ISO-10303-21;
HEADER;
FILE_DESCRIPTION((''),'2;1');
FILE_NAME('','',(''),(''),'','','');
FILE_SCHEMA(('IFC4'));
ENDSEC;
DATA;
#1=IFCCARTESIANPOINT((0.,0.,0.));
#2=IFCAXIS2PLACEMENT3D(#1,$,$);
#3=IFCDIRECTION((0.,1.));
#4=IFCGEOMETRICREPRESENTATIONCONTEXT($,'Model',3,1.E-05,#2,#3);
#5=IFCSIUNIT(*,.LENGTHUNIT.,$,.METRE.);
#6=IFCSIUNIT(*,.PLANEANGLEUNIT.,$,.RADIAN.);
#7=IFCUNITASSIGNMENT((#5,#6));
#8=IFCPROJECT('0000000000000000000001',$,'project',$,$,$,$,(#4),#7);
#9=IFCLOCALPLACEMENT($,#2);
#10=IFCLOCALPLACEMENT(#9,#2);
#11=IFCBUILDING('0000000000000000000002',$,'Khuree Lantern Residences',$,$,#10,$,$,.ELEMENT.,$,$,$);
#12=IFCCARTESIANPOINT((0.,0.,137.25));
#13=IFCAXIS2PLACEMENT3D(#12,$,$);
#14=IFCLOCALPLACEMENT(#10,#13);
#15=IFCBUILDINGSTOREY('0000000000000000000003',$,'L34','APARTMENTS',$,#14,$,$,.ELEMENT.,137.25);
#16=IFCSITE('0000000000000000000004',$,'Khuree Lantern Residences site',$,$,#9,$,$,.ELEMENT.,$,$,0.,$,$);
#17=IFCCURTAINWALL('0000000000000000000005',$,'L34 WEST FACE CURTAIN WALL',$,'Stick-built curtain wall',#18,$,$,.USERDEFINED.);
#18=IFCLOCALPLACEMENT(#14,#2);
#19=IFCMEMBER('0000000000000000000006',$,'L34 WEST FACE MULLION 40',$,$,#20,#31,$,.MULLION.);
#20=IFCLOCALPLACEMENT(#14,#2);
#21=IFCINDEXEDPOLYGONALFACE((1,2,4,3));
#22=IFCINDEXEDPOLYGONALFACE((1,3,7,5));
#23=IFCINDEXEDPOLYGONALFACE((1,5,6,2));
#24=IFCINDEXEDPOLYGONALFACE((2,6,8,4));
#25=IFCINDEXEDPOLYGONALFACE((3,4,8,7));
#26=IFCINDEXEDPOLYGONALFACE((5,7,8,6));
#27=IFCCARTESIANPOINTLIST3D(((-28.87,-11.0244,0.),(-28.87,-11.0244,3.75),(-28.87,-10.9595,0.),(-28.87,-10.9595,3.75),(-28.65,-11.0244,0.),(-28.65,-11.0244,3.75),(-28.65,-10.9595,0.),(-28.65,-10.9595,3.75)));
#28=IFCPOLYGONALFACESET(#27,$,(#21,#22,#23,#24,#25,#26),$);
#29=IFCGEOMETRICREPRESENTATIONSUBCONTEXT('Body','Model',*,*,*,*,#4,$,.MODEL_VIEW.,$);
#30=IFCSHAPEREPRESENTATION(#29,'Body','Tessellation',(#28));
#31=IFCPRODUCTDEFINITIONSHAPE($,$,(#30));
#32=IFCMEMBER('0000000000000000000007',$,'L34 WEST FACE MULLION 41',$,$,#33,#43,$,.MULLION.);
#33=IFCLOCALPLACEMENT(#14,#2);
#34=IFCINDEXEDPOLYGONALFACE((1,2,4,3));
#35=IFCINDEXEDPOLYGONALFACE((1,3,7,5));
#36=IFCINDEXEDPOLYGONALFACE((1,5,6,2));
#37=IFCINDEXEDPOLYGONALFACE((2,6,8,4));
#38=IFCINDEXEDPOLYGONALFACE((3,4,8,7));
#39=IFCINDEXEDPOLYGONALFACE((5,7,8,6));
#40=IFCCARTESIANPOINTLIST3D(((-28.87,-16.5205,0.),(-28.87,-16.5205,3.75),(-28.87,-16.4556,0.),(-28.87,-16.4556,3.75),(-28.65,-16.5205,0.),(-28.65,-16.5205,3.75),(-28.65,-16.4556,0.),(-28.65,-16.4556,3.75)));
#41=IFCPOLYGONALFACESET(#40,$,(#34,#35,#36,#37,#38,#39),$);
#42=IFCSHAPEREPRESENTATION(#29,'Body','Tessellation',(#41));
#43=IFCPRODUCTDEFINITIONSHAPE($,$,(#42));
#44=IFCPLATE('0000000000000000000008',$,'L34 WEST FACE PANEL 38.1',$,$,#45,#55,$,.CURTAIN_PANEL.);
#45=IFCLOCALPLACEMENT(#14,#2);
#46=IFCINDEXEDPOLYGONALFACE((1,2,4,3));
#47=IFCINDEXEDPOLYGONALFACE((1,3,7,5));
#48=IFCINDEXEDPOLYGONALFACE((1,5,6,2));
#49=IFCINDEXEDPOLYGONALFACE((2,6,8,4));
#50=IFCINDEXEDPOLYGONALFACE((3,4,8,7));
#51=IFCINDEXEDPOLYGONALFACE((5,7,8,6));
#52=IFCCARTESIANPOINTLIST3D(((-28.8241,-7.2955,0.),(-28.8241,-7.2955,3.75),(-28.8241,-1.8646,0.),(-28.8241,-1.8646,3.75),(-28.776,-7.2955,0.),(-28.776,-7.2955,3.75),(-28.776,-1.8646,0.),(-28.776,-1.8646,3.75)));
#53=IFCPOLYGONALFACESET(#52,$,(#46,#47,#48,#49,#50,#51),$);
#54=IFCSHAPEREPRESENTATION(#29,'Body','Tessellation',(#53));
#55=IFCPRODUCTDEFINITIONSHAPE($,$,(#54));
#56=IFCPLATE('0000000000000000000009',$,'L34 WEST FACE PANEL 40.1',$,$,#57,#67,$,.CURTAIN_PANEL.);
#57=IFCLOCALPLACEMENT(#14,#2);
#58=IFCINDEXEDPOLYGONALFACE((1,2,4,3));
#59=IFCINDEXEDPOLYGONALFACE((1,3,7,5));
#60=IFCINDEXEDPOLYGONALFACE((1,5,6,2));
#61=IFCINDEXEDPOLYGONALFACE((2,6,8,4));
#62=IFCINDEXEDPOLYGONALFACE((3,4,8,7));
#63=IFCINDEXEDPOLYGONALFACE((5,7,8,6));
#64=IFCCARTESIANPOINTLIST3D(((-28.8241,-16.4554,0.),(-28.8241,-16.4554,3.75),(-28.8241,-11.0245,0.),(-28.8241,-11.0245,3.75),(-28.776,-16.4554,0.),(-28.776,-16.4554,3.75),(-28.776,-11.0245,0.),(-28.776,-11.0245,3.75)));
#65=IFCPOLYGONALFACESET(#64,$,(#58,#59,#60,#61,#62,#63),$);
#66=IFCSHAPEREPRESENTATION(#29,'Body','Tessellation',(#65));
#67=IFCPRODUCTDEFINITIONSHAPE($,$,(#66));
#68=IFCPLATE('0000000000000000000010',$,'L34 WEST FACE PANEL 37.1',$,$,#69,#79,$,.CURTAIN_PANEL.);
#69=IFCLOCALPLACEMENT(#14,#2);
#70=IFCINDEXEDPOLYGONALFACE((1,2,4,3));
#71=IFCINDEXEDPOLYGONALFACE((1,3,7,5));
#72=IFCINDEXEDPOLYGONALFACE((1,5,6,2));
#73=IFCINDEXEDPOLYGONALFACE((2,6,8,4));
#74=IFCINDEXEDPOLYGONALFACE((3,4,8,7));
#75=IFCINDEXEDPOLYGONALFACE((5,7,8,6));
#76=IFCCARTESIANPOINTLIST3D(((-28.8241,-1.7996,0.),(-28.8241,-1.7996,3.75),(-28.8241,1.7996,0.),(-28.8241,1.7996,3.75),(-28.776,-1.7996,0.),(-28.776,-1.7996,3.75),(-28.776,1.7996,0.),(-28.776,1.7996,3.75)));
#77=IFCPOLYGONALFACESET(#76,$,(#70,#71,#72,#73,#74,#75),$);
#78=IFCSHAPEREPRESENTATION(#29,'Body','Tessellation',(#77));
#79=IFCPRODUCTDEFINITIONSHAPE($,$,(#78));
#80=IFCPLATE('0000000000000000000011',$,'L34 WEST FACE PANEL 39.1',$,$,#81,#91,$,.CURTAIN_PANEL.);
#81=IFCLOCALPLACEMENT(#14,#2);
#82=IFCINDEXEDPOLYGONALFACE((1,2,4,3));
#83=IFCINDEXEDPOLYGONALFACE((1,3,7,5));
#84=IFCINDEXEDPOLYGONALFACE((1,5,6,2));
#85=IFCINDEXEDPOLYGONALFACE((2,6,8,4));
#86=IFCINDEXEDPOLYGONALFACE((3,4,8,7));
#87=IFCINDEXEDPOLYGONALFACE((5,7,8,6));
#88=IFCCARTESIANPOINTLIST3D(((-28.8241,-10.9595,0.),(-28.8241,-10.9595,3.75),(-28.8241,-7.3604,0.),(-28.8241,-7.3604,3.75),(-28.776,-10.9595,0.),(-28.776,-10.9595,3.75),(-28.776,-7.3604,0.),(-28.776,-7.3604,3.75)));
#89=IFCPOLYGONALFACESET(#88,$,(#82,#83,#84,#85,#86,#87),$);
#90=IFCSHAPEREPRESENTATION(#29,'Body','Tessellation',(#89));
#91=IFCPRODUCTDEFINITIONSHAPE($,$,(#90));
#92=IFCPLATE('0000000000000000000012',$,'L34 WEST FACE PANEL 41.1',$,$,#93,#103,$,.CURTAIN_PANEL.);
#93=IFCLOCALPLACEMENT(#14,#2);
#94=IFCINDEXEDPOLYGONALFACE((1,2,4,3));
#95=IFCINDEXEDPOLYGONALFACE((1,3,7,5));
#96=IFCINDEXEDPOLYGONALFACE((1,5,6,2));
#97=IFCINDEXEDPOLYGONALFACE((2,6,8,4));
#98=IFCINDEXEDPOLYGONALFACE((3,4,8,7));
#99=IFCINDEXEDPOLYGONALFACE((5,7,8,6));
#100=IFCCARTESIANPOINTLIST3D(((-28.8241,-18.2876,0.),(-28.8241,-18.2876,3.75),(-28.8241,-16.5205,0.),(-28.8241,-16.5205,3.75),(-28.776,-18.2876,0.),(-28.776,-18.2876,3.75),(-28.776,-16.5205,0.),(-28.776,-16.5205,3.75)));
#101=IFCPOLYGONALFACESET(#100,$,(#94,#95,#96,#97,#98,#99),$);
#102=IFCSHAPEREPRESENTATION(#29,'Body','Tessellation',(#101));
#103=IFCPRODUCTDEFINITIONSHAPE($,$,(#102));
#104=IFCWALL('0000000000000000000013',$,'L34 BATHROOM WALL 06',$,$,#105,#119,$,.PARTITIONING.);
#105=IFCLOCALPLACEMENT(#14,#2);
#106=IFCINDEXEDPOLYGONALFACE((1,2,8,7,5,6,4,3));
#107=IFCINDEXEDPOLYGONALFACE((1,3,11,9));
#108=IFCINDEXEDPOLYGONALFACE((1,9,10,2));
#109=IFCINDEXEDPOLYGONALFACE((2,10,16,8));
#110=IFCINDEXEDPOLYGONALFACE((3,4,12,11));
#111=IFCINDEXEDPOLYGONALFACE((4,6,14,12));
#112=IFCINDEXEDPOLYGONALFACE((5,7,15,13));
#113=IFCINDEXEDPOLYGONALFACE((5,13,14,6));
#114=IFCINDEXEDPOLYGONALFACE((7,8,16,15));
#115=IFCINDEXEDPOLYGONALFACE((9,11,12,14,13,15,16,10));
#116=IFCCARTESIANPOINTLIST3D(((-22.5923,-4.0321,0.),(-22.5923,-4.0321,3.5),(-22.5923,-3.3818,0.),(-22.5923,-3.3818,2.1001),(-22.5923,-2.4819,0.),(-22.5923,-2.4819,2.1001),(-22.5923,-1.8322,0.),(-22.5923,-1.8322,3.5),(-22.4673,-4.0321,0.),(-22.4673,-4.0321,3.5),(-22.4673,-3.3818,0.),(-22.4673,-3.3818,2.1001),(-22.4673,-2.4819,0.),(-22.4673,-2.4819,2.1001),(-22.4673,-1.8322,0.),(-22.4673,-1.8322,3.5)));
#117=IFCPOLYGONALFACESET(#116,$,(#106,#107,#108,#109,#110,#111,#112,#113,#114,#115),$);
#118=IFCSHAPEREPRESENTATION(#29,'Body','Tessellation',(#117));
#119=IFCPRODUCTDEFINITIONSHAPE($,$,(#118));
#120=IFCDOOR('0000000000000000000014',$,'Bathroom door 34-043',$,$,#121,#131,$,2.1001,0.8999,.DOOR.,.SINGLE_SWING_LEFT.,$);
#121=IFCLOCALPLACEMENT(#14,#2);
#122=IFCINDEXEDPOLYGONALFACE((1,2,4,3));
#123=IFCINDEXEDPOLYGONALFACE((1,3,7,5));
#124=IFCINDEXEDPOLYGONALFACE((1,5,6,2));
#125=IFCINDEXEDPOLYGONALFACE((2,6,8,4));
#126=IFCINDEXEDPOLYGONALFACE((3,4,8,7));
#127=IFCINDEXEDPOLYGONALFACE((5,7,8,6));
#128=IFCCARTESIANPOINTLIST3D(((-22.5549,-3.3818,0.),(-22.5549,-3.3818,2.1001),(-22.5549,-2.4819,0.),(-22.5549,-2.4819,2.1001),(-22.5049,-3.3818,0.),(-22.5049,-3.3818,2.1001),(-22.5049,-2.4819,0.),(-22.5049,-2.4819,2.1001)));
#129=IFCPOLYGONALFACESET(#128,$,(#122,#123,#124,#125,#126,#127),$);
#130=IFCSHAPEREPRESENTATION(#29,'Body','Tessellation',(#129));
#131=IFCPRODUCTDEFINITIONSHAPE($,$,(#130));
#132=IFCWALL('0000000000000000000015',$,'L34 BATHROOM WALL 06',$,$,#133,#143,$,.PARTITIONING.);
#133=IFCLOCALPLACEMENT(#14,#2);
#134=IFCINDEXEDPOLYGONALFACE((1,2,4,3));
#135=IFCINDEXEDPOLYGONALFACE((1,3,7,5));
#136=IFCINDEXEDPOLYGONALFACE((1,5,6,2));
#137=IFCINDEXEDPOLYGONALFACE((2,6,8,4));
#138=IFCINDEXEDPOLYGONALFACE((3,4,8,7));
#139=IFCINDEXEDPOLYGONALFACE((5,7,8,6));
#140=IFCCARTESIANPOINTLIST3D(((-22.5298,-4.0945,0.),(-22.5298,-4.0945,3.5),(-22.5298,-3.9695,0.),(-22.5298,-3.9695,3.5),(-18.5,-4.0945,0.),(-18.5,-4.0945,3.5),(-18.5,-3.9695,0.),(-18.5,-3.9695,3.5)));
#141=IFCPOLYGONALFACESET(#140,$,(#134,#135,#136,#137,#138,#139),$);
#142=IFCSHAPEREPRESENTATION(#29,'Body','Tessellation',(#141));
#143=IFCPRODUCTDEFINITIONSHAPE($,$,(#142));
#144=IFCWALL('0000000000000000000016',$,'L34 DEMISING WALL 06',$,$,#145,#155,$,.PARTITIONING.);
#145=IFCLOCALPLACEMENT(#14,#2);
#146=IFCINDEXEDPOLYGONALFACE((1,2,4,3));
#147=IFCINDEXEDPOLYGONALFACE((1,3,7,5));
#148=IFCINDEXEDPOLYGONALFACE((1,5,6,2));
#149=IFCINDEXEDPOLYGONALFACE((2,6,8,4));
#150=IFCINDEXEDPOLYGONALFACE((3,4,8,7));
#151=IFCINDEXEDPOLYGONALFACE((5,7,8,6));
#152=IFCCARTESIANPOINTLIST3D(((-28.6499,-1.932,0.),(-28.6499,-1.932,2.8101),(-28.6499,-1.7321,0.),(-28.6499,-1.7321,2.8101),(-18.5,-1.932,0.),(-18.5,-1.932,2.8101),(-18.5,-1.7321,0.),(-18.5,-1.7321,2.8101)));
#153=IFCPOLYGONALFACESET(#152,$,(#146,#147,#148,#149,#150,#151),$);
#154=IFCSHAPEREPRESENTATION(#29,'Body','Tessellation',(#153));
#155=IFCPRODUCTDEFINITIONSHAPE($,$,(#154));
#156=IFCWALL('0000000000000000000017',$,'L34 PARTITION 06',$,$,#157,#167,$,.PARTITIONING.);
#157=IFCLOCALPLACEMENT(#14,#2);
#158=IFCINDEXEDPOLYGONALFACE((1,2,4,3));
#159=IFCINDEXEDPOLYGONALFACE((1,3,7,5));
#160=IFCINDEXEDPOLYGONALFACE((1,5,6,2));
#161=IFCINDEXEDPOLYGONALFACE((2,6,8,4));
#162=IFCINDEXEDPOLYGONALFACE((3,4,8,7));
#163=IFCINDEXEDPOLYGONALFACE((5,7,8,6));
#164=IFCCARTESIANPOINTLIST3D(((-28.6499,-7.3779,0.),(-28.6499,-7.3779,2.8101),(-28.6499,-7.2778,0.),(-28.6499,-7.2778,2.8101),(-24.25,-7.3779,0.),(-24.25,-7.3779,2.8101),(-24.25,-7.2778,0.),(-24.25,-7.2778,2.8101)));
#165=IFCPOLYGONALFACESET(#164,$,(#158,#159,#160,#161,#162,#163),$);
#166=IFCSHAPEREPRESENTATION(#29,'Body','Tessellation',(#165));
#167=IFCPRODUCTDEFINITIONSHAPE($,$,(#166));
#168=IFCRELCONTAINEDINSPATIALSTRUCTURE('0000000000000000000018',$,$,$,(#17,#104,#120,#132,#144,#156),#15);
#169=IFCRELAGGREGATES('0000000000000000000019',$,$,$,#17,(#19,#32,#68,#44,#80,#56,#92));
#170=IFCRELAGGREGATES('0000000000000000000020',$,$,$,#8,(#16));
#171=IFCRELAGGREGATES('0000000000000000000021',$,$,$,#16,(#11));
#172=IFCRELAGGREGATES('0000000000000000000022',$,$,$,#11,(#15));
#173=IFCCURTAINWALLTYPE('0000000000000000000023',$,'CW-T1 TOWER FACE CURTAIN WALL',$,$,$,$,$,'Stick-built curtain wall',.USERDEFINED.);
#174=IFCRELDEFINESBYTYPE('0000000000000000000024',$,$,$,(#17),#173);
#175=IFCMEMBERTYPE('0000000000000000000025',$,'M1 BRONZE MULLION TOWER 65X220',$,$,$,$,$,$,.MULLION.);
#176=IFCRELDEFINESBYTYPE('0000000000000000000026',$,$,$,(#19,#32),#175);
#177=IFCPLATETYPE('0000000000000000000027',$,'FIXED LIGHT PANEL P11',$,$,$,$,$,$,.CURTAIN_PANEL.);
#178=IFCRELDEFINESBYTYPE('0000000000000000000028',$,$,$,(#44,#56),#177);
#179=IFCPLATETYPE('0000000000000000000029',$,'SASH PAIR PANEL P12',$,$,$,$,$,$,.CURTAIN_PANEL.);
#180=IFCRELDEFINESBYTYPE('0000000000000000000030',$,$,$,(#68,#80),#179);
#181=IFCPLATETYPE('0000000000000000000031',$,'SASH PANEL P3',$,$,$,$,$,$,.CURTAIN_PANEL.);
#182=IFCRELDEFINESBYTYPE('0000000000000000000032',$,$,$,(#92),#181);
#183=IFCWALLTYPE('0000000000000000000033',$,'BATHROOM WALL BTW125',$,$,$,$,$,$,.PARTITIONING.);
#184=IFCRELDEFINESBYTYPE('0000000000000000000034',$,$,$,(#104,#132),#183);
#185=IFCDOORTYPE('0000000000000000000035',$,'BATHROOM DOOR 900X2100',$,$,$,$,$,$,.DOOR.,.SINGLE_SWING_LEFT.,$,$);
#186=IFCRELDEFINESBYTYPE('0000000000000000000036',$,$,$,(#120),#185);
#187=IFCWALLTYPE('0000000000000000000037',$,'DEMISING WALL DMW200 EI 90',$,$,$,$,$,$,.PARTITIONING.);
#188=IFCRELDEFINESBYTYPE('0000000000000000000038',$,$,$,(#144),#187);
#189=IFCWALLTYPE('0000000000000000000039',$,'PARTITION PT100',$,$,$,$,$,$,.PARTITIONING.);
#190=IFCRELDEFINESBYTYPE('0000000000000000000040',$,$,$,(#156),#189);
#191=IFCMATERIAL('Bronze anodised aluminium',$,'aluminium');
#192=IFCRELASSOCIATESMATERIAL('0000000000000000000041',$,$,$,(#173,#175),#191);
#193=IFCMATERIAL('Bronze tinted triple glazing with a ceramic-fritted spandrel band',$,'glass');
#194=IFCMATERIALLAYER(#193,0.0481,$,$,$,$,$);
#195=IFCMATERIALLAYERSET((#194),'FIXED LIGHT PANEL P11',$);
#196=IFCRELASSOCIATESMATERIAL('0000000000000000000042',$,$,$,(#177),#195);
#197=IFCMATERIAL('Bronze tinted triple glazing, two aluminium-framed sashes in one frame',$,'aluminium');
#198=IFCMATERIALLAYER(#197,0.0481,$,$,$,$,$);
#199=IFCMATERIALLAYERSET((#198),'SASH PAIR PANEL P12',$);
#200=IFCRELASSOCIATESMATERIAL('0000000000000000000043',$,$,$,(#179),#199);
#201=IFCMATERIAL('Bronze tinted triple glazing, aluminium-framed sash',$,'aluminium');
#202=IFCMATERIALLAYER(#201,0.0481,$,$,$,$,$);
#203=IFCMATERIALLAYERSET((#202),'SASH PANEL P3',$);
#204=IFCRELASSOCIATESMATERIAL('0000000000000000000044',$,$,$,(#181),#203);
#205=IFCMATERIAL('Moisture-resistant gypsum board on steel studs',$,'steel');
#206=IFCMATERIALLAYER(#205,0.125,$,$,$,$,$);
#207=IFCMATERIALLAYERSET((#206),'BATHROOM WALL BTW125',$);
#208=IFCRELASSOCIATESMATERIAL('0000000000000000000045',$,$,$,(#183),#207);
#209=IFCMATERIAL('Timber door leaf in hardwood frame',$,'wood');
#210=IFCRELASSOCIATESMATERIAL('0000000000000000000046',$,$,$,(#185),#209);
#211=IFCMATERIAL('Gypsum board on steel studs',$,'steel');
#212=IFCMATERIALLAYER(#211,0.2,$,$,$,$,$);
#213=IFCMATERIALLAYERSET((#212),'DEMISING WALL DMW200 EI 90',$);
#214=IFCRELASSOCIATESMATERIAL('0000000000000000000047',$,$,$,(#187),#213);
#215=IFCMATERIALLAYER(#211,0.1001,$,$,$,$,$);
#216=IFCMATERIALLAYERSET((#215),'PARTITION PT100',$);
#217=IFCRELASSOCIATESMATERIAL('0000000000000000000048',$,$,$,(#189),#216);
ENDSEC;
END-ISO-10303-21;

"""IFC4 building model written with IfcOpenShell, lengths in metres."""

from ifc_helpers import new_model, si_unit, direction, frame, frame_2d, origin, origin_2d, place, context, subcontext, project, spatial, rectangle, extrude, material, layer, layer_set, material_profile, profile_set, type_object, element, fill, aggregate, save


model = new_model("IFC4")

# Units and contexts
model_context = context("Model", 3, precision=1e-05, world=origin(), true_north=direction((0.0, 1.0)))
body_context = subcontext(model_context, "Body", "Model", "MODEL_VIEW")
ifc_project = project(units=[si_unit("LENGTHUNIT", "METRE"), si_unit("PLANEANGLEUNIT", "RADIAN")], contexts=[model_context])

# Site, building, storey
site_placement = place(None, origin())
site = spatial("IfcSite", under=ifc_project, at=site_placement, Name="Khuree Lantern Residences site", CompositionType="ELEMENT", RefElevation=0.0)
building_placement = place(site_placement, origin())
building = spatial("IfcBuilding", under=site, at=building_placement, Name="Khuree Lantern Residences", CompositionType="ELEMENT")
storey_placement = place(building_placement, frame((0.0, 0.0, 137.25)))
storey = spatial("IfcBuildingStorey", under=building, at=storey_placement, Name="L34", Description="APARTMENTS", CompositionType="ELEMENT", Elevation=137.25)

# Curtain wall
ifc_material_1 = material(Name="Bronze anodised aluminium", Category="aluminium")
curtain_wall_type = type_object("IfcCurtainWallType", Name="CW-T1 TOWER FACE CURTAIN WALL", ElementType="Stick-built curtain wall", PredefinedType="USERDEFINED", material=ifc_material_1)
curtain_wall_placement = place(storey_placement, origin())
curtain_wall = element("IfcCurtainWall", 1, at=curtain_wall_placement, inside=storey, type_object=curtain_wall_type, Name="L34 WEST FACE CURTAIN WALL", ObjectType="Stick-built curtain wall", PredefinedType="USERDEFINED")

# Members
ifc_material_profile_1 = material_profile(ifc_material_1, rectangle(XDim=0.0649, YDim=0.22, at=origin_2d()), Name="M1 65X220")
ifc_profile_set_1 = profile_set([ifc_material_profile_1], Name="Bronze anodised aluminium")
member_type_1 = type_object("IfcMemberType", Name="M1 BRONZE MULLION TOWER 65X220", PredefinedType="MULLION", material=ifc_profile_set_1)
member_1_placement = place(storey_placement, frame((-28.76, -10.9919, 0.0), z_axis=(0.0, 0.0, 1.0), x_axis=(0.0, -1.0, 0.0)))
member_1 = element("IfcMember", 2, at=member_1_placement, type_object=member_type_1, Name="L34 WEST FACE MULLION 40", PredefinedType="MULLION", context=body_context, shape_type="SweptSolid", body=[
    extrude(rectangle(XDim=0.0649, YDim=0.22, at=origin_2d()), origin(), (0.0, 0.0, 1.0), 3.75),
])
member_2_placement = place(storey_placement, frame((-28.76, -16.488, 0.0), z_axis=(0.0, 0.0, 1.0), x_axis=(0.0, -1.0, 0.0)))
member_2 = element("IfcMember", 3, at=member_2_placement, type_object=member_type_1, Name="L34 WEST FACE MULLION 41", PredefinedType="MULLION", context=body_context, shape_type="SweptSolid", body=[
    extrude(rectangle(XDim=0.0649, YDim=0.22, at=origin_2d()), origin(), (0.0, 0.0, 1.0), 3.75),
])

# Plates
ifc_material_2 = material(Name="Bronze tinted triple glazing with a ceramic-fritted spandrel band", Category="glass")
ifc_layer_1 = layer(ifc_material_2, 0.0481)
ifc_layer_set_1 = layer_set([ifc_layer_1], Name="FIXED LIGHT PANEL P11")
plate_type_1 = type_object("IfcPlateType", Name="FIXED LIGHT PANEL P11", PredefinedType="CURTAIN_PANEL", material=ifc_layer_set_1)
plate_1_placement = place(storey_placement, frame((-28.8, -4.5801, 0.0), z_axis=(0.0, 0.0, 1.0), x_axis=(0.0, -1.0, 0.0)))
plate_1 = element("IfcPlate", 4, at=plate_1_placement, type_object=plate_type_1, Name="L34 WEST FACE PANEL 38.1", PredefinedType="CURTAIN_PANEL", context=body_context, shape_type="SweptSolid", body=[
    extrude(rectangle(XDim=5.4309, YDim=0.0481, at=origin_2d()), origin(), (0.0, 0.0, 1.0), 3.75),
])
plate_2_placement = place(storey_placement, frame((-28.8, -13.74, 0.0), z_axis=(0.0, 0.0, 1.0), x_axis=(0.0, -1.0, 0.0)))
plate_2 = element("IfcPlate", 5, at=plate_2_placement, type_object=plate_type_1, Name="L34 WEST FACE PANEL 40.1", PredefinedType="CURTAIN_PANEL", context=body_context, shape_type="SweptSolid", body=[
    extrude(rectangle(XDim=5.4309, YDim=0.0481, at=origin_2d()), origin(), (0.0, 0.0, 1.0), 3.75),
])
ifc_material_3 = material(Name="Bronze tinted triple glazing, two aluminium-framed sashes in one frame", Category="aluminium")
ifc_layer_2 = layer(ifc_material_3, 0.0481)
ifc_layer_set_2 = layer_set([ifc_layer_2], Name="SASH PAIR PANEL P12")
plate_type_2 = type_object("IfcPlateType", Name="SASH PAIR PANEL P12", PredefinedType="CURTAIN_PANEL", material=ifc_layer_set_2)
plate_3_placement = place(storey_placement, frame((-28.8, 0.0, 0.0), z_axis=(0.0, 0.0, 1.0), x_axis=(0.0, -1.0, 0.0)))
plate_3 = element("IfcPlate", 6, at=plate_3_placement, type_object=plate_type_2, Name="L34 WEST FACE PANEL 37.1", PredefinedType="CURTAIN_PANEL", context=body_context, shape_type="SweptSolid", body=[
    extrude(rectangle(XDim=3.5991, YDim=0.0481, at=origin_2d()), origin(), (0.0, 0.0, 1.0), 3.75),
])
plate_4_placement = place(storey_placement, frame((-28.8, -9.1599, 0.0), z_axis=(0.0, 0.0, 1.0), x_axis=(0.0, -1.0, 0.0)))
plate_4 = element("IfcPlate", 7, at=plate_4_placement, type_object=plate_type_2, Name="L34 WEST FACE PANEL 39.1", PredefinedType="CURTAIN_PANEL", context=body_context, shape_type="SweptSolid", body=[
    extrude(rectangle(XDim=3.5991, YDim=0.0481, at=origin_2d()), origin(), (0.0, 0.0, 1.0), 3.75),
])
ifc_material_4 = material(Name="Bronze tinted triple glazing, aluminium-framed sash", Category="aluminium")
ifc_layer_3 = layer(ifc_material_4, 0.0481)
ifc_layer_set_3 = layer_set([ifc_layer_3], Name="SASH PANEL P3")
plate_type_3 = type_object("IfcPlateType", Name="SASH PANEL P3", PredefinedType="CURTAIN_PANEL", material=ifc_layer_set_3)
plate_5_placement = place(storey_placement, frame((-28.8, -17.4041, 0.0), z_axis=(0.0, 0.0, 1.0), x_axis=(0.0, -1.0, 0.0)))
plate_5 = element("IfcPlate", 8, at=plate_5_placement, type_object=plate_type_3, Name="L34 WEST FACE PANEL 41.1", PredefinedType="CURTAIN_PANEL", context=body_context, shape_type="SweptSolid", body=[
    extrude(rectangle(XDim=1.7671, YDim=0.0481, at=origin_2d()), origin(), (0.0, 0.0, 1.0), 3.75),
])
aggregate(curtain_wall, [member_1, member_2, plate_3, plate_1, plate_4, plate_2, plate_5])

# Wall, opening, door
ifc_material_5 = material(Name="Moisture-resistant gypsum board on steel studs", Category="steel")
ifc_layer_4 = layer(ifc_material_5, 0.125)
ifc_layer_set_4 = layer_set([ifc_layer_4], Name="BATHROOM WALL BTW125")
wall_type_1 = type_object("IfcWallType", Name="BATHROOM WALL BTW125", PredefinedType="PARTITIONING", material=ifc_layer_set_4)
wall_1_placement = place(storey_placement, frame((-22.5298, -1.832, 0.0), z_axis=(0.0, 0.0, 1.0), x_axis=(0.0, -1.0, 0.0)))
wall_1 = element("IfcWall", 9, at=wall_1_placement, inside=storey, type_object=wall_type_1, Name="L34 BATHROOM WALL 06", PredefinedType="PARTITIONING", context=body_context, shape_type="SweptSolid", body=[
    extrude(rectangle(XDim=2.2, YDim=0.125, at=frame_2d((1.1001, 0.0))), origin(), (0.0, 0.0, 1.0), 3.5),
])
opening_1_placement = place(wall_1_placement, frame((0.6499, 0.0, 0.0)))
opening_1 = element("IfcOpeningElement", 10, at=opening_1_placement, cuts=wall_1, PredefinedType="OPENING", context=body_context, shape_type="SweptSolid", body=[
    extrude(rectangle(XDim=0.8999, YDim=2.1001, at=frame_2d((0.45, 1.05))), frame((0.0, 0.0725, 0.0), z_axis=(0.0, -1.0, 0.0), x_axis=(1.0, 0.0, 0.0)), (0.0, 0.0, 1.0), 0.145),
])
ifc_material_6 = material(Name="Timber door leaf in hardwood frame", Category="wood")
door_type_1 = type_object("IfcDoorType", Name="BATHROOM DOOR 900X2100", OperationType="SINGLE_SWING_LEFT", PredefinedType="DOOR", material=ifc_material_6)
door_1_placement = place(opening_1_placement, origin())
door_1 = element("IfcDoor", 11, at=door_1_placement, inside=storey, type_object=door_type_1, Name="Bathroom door 34-043", OperationType="SINGLE_SWING_LEFT", OverallHeight=2.1001, OverallWidth=0.8999, PredefinedType="DOOR", context=body_context, shape_type="SweptSolid", body=[
    extrude(rectangle(XDim=0.8999, YDim=2.1001, at=frame_2d((0.45, 1.05))), frame((0.0, 0.0249, 0.0), z_axis=(0.0, -1.0, 0.0), x_axis=(1.0, 0.0, 0.0)), (0.0, 0.0, 1.0), 0.05),
])
fill(opening_1, door_1)

# Walls
wall_2_placement = place(storey_placement, frame((-18.5, -4.032, 0.0), z_axis=(0.0, 0.0, 1.0), x_axis=(-1.0, 0.0, 0.0)))
element("IfcWall", 12, at=wall_2_placement, inside=storey, type_object=wall_type_1, Name="L34 BATHROOM WALL 06", PredefinedType="PARTITIONING", context=body_context, shape_type="SweptSolid", body=[
    extrude(rectangle(XDim=4.0298, YDim=0.125, at=frame_2d((2.0149, 0.0))), origin(), (0.0, 0.0, 1.0), 3.5),
])
ifc_material_7 = material(Name="Gypsum board on steel studs", Category="steel")
ifc_layer_5 = layer(ifc_material_7, 0.2)
ifc_layer_set_5 = layer_set([ifc_layer_5], Name="DEMISING WALL DMW200 EI 90")
wall_type_2 = type_object("IfcWallType", Name="DEMISING WALL DMW200 EI 90", PredefinedType="PARTITIONING", material=ifc_layer_set_5)
wall_3_placement = place(storey_placement, frame((-18.5, -1.832, 0.0), z_axis=(0.0, 0.0, 1.0), x_axis=(-1.0, 0.0, 0.0)))
element("IfcWall", 13, at=wall_3_placement, inside=storey, type_object=wall_type_2, Name="L34 DEMISING WALL 06", PredefinedType="PARTITIONING", context=body_context, shape_type="SweptSolid", body=[
    extrude(rectangle(XDim=10.1499, YDim=0.2, at=frame_2d((5.075, 0.0))), origin(), (0.0, 0.0, 1.0), 2.8101),
])
ifc_layer_6 = layer(ifc_material_7, 0.1001)
ifc_layer_set_6 = layer_set([ifc_layer_6], Name="PARTITION PT100")
wall_type_3 = type_object("IfcWallType", Name="PARTITION PT100", PredefinedType="PARTITIONING", material=ifc_layer_set_6)
wall_4_placement = place(storey_placement, frame((-24.25, -7.3279, 0.0), z_axis=(0.0, 0.0, 1.0), x_axis=(-1.0, 0.0, 0.0)))
element("IfcWall", 14, at=wall_4_placement, inside=storey, type_object=wall_type_3, Name="L34 PARTITION 06", PredefinedType="PARTITIONING", context=body_context, shape_type="SweptSolid", body=[
    extrude(rectangle(XDim=4.3999, YDim=0.1001, at=frame_2d((2.2, 0.0))), origin(), (0.0, 0.0, 1.0), 2.8101),
])

save(model, "model.ifc")
